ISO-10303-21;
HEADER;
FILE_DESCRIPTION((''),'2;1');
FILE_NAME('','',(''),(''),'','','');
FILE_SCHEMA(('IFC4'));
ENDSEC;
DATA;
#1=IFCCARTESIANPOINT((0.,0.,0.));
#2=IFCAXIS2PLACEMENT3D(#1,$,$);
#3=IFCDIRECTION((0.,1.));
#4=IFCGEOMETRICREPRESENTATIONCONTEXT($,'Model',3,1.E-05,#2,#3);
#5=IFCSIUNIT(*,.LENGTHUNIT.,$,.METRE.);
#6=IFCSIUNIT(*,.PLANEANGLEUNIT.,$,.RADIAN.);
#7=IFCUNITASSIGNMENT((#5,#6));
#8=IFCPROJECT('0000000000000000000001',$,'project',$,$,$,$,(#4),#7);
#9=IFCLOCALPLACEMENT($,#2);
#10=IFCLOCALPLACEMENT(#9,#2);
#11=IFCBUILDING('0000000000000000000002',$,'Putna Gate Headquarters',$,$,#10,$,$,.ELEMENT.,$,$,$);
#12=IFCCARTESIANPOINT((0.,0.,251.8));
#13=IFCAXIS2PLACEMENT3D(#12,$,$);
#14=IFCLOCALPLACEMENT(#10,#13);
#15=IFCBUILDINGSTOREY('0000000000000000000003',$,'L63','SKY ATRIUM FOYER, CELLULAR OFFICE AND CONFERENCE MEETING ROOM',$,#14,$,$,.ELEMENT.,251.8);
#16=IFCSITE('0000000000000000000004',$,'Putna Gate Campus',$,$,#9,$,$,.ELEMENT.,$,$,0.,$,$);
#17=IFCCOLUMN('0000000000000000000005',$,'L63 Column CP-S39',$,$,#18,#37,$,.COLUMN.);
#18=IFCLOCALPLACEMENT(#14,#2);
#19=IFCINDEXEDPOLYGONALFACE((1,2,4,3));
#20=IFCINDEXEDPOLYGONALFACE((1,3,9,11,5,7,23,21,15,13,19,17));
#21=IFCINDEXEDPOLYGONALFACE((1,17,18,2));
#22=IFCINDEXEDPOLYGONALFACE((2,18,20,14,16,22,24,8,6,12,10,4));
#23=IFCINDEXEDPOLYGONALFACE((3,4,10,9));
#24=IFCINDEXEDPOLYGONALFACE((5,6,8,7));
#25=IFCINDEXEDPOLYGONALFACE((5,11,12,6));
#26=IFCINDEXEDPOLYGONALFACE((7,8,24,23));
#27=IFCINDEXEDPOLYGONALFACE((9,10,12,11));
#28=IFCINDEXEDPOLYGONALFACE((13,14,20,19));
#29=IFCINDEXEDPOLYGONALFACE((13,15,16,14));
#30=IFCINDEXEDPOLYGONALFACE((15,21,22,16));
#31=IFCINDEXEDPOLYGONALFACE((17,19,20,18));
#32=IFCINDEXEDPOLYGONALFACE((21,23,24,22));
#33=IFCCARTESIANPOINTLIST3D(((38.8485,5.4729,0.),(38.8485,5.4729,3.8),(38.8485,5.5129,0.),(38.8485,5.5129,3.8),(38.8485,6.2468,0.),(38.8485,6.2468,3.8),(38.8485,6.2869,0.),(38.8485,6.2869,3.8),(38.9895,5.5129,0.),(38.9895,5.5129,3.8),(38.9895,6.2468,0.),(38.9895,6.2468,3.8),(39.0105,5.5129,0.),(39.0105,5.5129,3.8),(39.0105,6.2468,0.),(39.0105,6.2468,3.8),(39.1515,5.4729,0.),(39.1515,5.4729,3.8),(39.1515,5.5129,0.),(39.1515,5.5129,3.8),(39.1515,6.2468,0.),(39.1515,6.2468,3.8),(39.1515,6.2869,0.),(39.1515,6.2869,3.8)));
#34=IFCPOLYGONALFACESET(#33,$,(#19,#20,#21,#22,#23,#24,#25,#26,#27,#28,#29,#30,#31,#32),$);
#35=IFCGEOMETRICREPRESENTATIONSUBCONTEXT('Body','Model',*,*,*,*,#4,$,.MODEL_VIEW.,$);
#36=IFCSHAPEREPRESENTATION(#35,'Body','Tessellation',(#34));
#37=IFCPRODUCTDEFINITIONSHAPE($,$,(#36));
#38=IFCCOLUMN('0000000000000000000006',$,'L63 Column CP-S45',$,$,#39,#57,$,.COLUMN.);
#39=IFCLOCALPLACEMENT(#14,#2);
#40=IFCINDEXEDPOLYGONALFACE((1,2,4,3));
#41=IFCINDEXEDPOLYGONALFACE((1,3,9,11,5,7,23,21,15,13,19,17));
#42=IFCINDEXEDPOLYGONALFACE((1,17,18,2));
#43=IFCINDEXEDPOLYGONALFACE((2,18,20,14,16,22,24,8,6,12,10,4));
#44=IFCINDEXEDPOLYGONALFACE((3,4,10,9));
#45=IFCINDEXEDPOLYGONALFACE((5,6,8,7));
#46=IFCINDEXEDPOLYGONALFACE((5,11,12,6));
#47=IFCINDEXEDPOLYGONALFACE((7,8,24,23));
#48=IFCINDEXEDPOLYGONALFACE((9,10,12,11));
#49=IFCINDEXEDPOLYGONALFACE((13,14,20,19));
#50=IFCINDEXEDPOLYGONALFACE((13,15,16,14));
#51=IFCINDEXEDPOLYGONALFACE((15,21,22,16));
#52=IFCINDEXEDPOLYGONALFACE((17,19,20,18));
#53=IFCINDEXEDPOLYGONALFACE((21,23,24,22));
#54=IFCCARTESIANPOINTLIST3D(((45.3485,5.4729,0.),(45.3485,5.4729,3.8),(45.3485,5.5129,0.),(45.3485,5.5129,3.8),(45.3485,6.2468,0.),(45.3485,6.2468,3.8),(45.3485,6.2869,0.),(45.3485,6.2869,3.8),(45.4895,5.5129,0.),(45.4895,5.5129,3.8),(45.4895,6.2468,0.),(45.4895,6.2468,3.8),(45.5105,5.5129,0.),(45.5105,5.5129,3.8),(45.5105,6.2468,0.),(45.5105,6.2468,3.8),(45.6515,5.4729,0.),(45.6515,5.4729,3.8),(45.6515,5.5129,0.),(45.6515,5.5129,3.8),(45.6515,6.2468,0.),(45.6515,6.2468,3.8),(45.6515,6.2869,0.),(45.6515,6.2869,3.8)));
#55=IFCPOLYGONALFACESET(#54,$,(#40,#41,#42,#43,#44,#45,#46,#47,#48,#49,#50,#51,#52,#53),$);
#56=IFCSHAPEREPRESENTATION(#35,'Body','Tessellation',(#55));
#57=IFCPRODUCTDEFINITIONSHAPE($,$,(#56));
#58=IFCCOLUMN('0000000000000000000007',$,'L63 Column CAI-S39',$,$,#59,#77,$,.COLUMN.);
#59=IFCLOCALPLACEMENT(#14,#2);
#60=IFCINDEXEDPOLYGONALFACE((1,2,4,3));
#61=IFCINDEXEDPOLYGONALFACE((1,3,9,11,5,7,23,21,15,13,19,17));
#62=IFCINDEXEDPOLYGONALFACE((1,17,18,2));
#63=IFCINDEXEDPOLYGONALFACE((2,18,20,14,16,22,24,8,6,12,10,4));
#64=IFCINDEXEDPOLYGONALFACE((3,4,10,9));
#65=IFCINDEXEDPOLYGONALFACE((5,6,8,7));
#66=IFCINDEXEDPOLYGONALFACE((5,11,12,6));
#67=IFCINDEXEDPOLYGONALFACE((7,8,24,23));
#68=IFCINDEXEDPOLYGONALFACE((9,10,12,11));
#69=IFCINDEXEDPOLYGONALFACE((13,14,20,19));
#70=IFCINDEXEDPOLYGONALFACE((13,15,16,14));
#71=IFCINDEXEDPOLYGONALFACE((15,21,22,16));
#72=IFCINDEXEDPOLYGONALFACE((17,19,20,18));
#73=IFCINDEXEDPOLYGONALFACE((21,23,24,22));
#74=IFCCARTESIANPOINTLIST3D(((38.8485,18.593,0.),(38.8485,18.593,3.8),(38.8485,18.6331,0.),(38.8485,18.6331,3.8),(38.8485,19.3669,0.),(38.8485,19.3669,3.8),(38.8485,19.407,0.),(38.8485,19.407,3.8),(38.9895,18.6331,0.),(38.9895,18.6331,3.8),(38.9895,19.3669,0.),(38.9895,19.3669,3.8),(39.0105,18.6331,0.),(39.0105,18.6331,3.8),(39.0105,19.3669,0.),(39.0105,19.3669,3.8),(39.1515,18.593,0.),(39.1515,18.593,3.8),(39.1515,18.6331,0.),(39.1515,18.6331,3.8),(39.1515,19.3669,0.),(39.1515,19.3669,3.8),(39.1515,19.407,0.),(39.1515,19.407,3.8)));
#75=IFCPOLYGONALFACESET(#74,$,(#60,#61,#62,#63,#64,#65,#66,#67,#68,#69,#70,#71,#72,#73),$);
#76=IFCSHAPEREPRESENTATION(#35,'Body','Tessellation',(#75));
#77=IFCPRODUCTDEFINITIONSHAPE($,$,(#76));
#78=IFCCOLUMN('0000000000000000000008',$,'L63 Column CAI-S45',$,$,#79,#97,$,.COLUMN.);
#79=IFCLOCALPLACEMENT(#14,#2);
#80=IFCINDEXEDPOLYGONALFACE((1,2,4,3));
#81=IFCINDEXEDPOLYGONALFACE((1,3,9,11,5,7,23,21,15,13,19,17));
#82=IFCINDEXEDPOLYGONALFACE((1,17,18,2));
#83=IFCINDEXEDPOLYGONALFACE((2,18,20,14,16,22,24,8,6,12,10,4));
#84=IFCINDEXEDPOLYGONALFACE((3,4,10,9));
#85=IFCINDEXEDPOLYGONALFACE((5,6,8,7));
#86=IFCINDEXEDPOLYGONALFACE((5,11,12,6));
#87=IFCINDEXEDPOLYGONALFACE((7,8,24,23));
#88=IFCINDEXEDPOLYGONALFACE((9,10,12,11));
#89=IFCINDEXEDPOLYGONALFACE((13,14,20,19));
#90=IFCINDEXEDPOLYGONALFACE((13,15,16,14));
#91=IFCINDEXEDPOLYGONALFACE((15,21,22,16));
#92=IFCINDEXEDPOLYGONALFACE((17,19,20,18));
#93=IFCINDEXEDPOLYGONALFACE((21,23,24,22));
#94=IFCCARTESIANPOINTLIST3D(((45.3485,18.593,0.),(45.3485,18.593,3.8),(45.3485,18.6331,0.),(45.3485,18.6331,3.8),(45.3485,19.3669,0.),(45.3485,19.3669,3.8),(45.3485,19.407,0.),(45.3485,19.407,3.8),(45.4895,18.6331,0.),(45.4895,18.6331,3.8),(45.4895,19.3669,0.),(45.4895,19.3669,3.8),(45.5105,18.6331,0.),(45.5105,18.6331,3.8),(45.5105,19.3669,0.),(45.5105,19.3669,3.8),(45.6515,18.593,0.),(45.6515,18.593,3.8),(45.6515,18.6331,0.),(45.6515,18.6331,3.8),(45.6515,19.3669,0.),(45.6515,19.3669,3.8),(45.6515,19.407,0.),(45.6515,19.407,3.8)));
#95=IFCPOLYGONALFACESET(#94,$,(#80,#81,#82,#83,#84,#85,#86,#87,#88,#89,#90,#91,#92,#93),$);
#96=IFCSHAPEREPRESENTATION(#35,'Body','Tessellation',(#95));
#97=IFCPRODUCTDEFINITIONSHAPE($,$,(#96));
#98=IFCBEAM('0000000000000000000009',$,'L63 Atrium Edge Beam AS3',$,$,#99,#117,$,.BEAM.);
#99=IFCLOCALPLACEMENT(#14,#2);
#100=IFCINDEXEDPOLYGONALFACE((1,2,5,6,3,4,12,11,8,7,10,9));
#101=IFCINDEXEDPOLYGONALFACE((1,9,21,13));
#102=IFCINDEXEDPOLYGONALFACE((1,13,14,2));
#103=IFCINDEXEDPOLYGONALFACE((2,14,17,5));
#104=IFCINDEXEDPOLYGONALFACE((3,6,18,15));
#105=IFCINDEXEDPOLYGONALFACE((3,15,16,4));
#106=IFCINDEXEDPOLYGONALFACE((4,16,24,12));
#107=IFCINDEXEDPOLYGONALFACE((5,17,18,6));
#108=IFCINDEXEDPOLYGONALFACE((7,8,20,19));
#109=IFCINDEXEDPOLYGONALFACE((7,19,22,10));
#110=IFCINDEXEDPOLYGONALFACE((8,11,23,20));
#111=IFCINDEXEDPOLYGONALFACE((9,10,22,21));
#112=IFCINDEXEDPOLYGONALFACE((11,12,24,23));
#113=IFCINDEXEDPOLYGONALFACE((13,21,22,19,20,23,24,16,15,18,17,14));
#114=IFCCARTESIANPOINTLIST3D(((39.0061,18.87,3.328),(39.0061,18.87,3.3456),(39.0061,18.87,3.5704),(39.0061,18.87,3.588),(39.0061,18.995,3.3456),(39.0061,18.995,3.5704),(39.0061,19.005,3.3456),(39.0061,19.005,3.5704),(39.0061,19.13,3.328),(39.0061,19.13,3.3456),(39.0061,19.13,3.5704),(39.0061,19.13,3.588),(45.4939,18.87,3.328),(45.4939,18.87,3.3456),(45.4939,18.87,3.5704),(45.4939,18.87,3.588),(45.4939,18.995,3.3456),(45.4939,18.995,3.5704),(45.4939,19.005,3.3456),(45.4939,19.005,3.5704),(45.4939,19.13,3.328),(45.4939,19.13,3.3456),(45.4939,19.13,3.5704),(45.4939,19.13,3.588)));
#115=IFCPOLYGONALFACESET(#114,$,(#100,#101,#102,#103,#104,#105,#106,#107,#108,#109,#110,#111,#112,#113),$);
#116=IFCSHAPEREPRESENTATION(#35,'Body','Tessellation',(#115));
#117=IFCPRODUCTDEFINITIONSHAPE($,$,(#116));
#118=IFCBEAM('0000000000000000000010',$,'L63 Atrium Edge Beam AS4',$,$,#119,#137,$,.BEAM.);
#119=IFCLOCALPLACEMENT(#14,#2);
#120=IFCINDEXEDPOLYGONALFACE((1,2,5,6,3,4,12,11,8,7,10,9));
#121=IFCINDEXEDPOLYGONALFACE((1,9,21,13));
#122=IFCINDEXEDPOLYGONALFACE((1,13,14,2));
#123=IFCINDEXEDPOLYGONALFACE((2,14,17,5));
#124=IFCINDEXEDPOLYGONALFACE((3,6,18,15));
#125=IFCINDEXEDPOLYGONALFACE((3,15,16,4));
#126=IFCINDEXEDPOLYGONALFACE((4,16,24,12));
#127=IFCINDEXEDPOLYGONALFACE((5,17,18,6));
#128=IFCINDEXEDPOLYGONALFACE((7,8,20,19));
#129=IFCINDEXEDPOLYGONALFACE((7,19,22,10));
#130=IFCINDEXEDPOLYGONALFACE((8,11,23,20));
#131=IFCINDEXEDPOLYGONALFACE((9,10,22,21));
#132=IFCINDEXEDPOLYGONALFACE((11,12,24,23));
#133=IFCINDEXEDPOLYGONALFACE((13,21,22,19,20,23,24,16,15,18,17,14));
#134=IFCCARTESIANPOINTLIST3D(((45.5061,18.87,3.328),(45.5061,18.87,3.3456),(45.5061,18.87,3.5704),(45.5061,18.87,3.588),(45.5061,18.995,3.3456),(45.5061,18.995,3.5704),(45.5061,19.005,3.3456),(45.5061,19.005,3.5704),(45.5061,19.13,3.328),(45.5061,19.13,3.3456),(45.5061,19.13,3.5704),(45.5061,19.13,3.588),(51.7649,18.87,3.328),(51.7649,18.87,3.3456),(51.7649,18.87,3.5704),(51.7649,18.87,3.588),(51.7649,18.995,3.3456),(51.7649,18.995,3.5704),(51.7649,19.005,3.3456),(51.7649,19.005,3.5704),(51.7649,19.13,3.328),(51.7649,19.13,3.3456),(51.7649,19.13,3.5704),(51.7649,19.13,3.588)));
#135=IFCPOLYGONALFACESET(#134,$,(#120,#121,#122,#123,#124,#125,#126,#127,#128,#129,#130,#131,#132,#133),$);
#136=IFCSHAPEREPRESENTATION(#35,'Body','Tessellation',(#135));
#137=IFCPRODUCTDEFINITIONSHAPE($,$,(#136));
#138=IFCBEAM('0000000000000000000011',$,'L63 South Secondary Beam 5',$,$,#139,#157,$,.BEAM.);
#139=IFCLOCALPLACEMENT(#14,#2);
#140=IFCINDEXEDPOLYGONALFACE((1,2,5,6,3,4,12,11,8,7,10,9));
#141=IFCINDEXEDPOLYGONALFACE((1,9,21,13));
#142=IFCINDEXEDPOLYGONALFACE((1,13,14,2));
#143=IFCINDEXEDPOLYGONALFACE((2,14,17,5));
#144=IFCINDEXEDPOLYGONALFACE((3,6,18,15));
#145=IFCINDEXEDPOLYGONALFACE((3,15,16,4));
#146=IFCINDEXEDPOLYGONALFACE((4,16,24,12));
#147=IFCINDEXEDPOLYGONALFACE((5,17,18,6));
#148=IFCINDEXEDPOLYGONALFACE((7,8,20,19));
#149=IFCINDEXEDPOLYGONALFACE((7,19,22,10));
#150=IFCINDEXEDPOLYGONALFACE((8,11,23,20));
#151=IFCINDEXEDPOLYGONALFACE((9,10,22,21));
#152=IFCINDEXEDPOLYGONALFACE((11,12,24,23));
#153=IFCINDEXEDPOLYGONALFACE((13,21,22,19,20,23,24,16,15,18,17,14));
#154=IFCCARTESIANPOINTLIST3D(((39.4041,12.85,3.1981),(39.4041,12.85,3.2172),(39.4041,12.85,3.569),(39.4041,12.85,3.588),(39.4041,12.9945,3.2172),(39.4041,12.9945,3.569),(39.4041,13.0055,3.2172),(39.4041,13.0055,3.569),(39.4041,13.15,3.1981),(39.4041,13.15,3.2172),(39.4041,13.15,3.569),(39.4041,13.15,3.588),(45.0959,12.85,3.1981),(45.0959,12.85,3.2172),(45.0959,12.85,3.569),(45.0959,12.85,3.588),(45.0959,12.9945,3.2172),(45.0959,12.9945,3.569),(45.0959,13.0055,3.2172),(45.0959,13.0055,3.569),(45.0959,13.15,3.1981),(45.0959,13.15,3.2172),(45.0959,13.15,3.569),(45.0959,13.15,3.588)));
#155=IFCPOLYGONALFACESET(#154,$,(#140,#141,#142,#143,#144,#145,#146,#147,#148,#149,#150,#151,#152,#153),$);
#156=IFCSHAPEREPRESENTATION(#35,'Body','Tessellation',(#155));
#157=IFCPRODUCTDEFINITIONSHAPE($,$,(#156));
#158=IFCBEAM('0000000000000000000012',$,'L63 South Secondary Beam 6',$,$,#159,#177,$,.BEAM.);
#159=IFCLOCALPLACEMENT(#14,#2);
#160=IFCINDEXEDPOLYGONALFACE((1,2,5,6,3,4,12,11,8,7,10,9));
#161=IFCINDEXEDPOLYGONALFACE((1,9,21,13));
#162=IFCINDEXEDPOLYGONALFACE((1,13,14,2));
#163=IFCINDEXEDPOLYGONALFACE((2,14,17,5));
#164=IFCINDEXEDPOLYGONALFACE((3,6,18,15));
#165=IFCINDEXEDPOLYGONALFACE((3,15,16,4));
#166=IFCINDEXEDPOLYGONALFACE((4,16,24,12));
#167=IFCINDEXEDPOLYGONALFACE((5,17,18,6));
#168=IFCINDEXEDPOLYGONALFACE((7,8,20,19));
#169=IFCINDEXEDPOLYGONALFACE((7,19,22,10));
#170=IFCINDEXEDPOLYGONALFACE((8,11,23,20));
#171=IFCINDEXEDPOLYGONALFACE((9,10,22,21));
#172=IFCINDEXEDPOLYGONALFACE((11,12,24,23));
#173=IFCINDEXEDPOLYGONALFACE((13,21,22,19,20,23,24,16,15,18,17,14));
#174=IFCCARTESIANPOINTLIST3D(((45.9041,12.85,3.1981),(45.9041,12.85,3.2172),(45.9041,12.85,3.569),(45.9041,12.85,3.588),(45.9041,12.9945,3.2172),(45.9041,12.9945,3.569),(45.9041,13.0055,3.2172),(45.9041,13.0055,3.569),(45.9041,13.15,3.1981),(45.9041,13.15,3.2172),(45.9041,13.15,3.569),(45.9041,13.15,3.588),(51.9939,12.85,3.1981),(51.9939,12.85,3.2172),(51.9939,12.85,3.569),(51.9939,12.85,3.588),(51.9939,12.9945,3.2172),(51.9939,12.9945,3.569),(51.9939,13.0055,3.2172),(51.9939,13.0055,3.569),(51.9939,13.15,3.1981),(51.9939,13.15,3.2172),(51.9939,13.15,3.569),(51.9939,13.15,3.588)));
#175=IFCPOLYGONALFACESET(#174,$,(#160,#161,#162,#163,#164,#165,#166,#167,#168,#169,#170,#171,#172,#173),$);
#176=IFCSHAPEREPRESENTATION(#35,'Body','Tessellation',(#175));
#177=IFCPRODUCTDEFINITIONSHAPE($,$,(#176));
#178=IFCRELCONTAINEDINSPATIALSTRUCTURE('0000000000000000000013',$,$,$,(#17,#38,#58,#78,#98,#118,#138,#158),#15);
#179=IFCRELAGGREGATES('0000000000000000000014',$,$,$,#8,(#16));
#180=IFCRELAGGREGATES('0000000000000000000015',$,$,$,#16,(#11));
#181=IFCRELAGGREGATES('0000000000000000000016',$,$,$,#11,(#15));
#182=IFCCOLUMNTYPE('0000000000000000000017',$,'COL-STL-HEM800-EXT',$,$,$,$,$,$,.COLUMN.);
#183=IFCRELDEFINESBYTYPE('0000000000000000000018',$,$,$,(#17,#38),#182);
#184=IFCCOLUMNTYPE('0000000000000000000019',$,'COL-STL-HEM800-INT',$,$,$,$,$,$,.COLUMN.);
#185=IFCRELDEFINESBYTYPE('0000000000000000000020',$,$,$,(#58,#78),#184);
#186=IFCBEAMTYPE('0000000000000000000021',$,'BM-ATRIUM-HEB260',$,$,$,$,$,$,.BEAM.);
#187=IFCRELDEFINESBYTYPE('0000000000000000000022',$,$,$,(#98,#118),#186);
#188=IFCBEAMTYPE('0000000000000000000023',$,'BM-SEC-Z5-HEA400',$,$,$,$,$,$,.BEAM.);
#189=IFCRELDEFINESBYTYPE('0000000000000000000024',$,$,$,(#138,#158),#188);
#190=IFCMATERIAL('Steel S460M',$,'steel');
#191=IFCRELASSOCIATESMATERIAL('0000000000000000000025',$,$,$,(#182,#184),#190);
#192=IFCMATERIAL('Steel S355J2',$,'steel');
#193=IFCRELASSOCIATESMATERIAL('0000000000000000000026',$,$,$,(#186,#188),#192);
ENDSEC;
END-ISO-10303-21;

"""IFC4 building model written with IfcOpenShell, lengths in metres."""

from ifc_helpers import new_model, si_unit, direction, frame, origin, origin_2d, place, context, subcontext, project, spatial, i_section, extrude, material, material_profile, profile_set, type_object, element, save


model = new_model("IFC4")

# Units and contexts
model_context = context("Model", 3, precision=1e-05, world=origin(), true_north=direction((0.0, 1.0)))
body_context = subcontext(model_context, "Body", "Model", "MODEL_VIEW")
ifc_project = project(units=[si_unit("LENGTHUNIT", "METRE"), si_unit("PLANEANGLEUNIT", "RADIAN")], contexts=[model_context])

# Site, building, storey
site_placement = place(None, origin())
site = spatial("IfcSite", under=ifc_project, at=site_placement, Name="Putna Gate Campus", CompositionType="ELEMENT", RefElevation=0.0)
building_placement = place(site_placement, origin())
building = spatial("IfcBuilding", under=site, at=building_placement, Name="Putna Gate Headquarters", CompositionType="ELEMENT")
storey_placement = place(building_placement, frame((0.0, 0.0, 251.8)))
storey = spatial("IfcBuildingStorey", under=building, at=storey_placement, Name="L63", Description="SKY ATRIUM FOYER, CELLULAR OFFICE AND CONFERENCE MEETING ROOM", CompositionType="ELEMENT", Elevation=251.8)

# Columns
ifc_material_1 = material(Name="Steel S460M", Category="steel")
ifc_material_profile_1 = material_profile(ifc_material_1, i_section(OverallWidth=0.303, OverallDepth=0.814, WebThickness=0.021, FlangeThickness=0.04, at=origin_2d()), Name="Steel S460M")
ifc_profile_set_1 = profile_set([ifc_material_profile_1], Name="Steel S460M")
column_type_1 = type_object("IfcColumnType", Name="COL-STL-HEM800-EXT", PredefinedType="COLUMN", material=ifc_profile_set_1)
for number, where, z_axis, x_axis, name in (
    (1, (39.0, 5.8799, 0.0), (0.0, 0.0, 1.0), (1.0, 0.0, 0.0), "L63 Column CP-S39"),
    (2, (45.5, 5.8799, 0.0), (0.0, 0.0, 1.0), (1.0, 0.0, 0.0), "L63 Column CP-S45"),
):
    element("IfcColumn", number, at=place(storey_placement, frame(where, z_axis=z_axis, x_axis=x_axis)), inside=storey, type_object=column_type_1, Name=name, PredefinedType="COLUMN", context=body_context, shape_type="SweptSolid", body=[
        extrude(i_section(OverallWidth=0.303, OverallDepth=0.814, WebThickness=0.021, FlangeThickness=0.04, at=origin_2d()), origin(), (0.0, 0.0, 1.0), 3.8),
    ])
ifc_material_profile_2 = material_profile(ifc_material_1, i_section(OverallWidth=0.303, OverallDepth=0.814, WebThickness=0.021, FlangeThickness=0.04, at=origin_2d()), Name="Steel S460M")
ifc_profile_set_2 = profile_set([ifc_material_profile_2], Name="Steel S460M")
column_type_2 = type_object("IfcColumnType", Name="COL-STL-HEM800-INT", PredefinedType="COLUMN", material=ifc_profile_set_2)
for number, where, z_axis, x_axis, name in (
    (3, (39.0, 19.0, 0.0), (0.0, 0.0, 1.0), (1.0, 0.0, 0.0), "L63 Column CAI-S39"),
    (4, (45.5, 19.0, 0.0), (0.0, 0.0, 1.0), (1.0, 0.0, 0.0), "L63 Column CAI-S45"),
):
    element("IfcColumn", number, at=place(storey_placement, frame(where, z_axis=z_axis, x_axis=x_axis)), inside=storey, type_object=column_type_2, Name=name, PredefinedType="COLUMN", context=body_context, shape_type="SweptSolid", body=[
        extrude(i_section(OverallWidth=0.303, OverallDepth=0.814, WebThickness=0.021, FlangeThickness=0.04, at=origin_2d()), origin(), (0.0, 0.0, 1.0), 3.8),
    ])

# Beams
ifc_material_2 = material(Name="Steel S355J2", Category="steel")
ifc_material_profile_3 = material_profile(ifc_material_2, i_section(OverallWidth=0.26, OverallDepth=0.26, WebThickness=0.01, FlangeThickness=0.0176, at=origin_2d()), Name="Steel S355J2")
ifc_profile_set_3 = profile_set([ifc_material_profile_3], Name="Steel S355J2")
beam_type_1 = type_object("IfcBeamType", Name="BM-ATRIUM-HEB260", PredefinedType="BEAM", material=ifc_profile_set_3)
beam_1_placement = place(storey_placement, frame((39.0061, 19.0, 3.458), z_axis=(1.0, 0.0, 0.0), x_axis=(0.0, 1.0, 0.0)))
element("IfcBeam", 5, at=beam_1_placement, inside=storey, type_object=beam_type_1, Name="L63 Atrium Edge Beam AS3", PredefinedType="BEAM", context=body_context, shape_type="SweptSolid", body=[
    extrude(i_section(OverallWidth=0.26, OverallDepth=0.26, WebThickness=0.01, FlangeThickness=0.0176, at=origin_2d()), origin(), (0.0, 0.0, 1.0), 6.4878),
])
beam_2_placement = place(storey_placement, frame((45.5061, 19.0, 3.458), z_axis=(1.0, 0.0, 0.0), x_axis=(0.0, 1.0, 0.0)))
element("IfcBeam", 6, at=beam_2_placement, inside=storey, type_object=beam_type_1, Name="L63 Atrium Edge Beam AS4", PredefinedType="BEAM", context=body_context, shape_type="SweptSolid", body=[
    extrude(i_section(OverallWidth=0.26, OverallDepth=0.26, WebThickness=0.01, FlangeThickness=0.0176, at=origin_2d()), origin(), (0.0, 0.0, 1.0), 6.2588),
])
ifc_material_profile_4 = material_profile(ifc_material_2, i_section(OverallWidth=0.3, OverallDepth=0.3899, WebThickness=0.011, FlangeThickness=0.019, at=origin_2d()), Name="Steel S355J2")
ifc_profile_set_4 = profile_set([ifc_material_profile_4], Name="Steel S355J2")
beam_type_2 = type_object("IfcBeamType", Name="BM-SEC-Z5-HEA400", PredefinedType="BEAM", material=ifc_profile_set_4)
beam_3_placement = place(storey_placement, frame((39.4041, 13.0, 3.3931), z_axis=(1.0, 0.0, 0.0), x_axis=(0.0, 1.0, 0.0)))
element("IfcBeam", 7, at=beam_3_placement, inside=storey, type_object=beam_type_2, Name="L63 South Secondary Beam 5", PredefinedType="BEAM", context=body_context, shape_type="SweptSolid", body=[
    extrude(i_section(OverallWidth=0.3, OverallDepth=0.3899, WebThickness=0.011, FlangeThickness=0.019, at=origin_2d()), origin(), (0.0, 0.0, 1.0), 5.6919),
])
beam_4_placement = place(storey_placement, frame((45.9041, 13.0, 3.3931), z_axis=(1.0, 0.0, 0.0), x_axis=(0.0, 1.0, 0.0)))
element("IfcBeam", 8, at=beam_4_placement, inside=storey, type_object=beam_type_2, Name="L63 South Secondary Beam 6", PredefinedType="BEAM", context=body_context, shape_type="SweptSolid", body=[
    extrude(i_section(OverallWidth=0.3, OverallDepth=0.3899, WebThickness=0.011, FlangeThickness=0.019, at=origin_2d()), origin(), (0.0, 0.0, 1.0), 6.0898),
])

save(model, "model.ifc")
